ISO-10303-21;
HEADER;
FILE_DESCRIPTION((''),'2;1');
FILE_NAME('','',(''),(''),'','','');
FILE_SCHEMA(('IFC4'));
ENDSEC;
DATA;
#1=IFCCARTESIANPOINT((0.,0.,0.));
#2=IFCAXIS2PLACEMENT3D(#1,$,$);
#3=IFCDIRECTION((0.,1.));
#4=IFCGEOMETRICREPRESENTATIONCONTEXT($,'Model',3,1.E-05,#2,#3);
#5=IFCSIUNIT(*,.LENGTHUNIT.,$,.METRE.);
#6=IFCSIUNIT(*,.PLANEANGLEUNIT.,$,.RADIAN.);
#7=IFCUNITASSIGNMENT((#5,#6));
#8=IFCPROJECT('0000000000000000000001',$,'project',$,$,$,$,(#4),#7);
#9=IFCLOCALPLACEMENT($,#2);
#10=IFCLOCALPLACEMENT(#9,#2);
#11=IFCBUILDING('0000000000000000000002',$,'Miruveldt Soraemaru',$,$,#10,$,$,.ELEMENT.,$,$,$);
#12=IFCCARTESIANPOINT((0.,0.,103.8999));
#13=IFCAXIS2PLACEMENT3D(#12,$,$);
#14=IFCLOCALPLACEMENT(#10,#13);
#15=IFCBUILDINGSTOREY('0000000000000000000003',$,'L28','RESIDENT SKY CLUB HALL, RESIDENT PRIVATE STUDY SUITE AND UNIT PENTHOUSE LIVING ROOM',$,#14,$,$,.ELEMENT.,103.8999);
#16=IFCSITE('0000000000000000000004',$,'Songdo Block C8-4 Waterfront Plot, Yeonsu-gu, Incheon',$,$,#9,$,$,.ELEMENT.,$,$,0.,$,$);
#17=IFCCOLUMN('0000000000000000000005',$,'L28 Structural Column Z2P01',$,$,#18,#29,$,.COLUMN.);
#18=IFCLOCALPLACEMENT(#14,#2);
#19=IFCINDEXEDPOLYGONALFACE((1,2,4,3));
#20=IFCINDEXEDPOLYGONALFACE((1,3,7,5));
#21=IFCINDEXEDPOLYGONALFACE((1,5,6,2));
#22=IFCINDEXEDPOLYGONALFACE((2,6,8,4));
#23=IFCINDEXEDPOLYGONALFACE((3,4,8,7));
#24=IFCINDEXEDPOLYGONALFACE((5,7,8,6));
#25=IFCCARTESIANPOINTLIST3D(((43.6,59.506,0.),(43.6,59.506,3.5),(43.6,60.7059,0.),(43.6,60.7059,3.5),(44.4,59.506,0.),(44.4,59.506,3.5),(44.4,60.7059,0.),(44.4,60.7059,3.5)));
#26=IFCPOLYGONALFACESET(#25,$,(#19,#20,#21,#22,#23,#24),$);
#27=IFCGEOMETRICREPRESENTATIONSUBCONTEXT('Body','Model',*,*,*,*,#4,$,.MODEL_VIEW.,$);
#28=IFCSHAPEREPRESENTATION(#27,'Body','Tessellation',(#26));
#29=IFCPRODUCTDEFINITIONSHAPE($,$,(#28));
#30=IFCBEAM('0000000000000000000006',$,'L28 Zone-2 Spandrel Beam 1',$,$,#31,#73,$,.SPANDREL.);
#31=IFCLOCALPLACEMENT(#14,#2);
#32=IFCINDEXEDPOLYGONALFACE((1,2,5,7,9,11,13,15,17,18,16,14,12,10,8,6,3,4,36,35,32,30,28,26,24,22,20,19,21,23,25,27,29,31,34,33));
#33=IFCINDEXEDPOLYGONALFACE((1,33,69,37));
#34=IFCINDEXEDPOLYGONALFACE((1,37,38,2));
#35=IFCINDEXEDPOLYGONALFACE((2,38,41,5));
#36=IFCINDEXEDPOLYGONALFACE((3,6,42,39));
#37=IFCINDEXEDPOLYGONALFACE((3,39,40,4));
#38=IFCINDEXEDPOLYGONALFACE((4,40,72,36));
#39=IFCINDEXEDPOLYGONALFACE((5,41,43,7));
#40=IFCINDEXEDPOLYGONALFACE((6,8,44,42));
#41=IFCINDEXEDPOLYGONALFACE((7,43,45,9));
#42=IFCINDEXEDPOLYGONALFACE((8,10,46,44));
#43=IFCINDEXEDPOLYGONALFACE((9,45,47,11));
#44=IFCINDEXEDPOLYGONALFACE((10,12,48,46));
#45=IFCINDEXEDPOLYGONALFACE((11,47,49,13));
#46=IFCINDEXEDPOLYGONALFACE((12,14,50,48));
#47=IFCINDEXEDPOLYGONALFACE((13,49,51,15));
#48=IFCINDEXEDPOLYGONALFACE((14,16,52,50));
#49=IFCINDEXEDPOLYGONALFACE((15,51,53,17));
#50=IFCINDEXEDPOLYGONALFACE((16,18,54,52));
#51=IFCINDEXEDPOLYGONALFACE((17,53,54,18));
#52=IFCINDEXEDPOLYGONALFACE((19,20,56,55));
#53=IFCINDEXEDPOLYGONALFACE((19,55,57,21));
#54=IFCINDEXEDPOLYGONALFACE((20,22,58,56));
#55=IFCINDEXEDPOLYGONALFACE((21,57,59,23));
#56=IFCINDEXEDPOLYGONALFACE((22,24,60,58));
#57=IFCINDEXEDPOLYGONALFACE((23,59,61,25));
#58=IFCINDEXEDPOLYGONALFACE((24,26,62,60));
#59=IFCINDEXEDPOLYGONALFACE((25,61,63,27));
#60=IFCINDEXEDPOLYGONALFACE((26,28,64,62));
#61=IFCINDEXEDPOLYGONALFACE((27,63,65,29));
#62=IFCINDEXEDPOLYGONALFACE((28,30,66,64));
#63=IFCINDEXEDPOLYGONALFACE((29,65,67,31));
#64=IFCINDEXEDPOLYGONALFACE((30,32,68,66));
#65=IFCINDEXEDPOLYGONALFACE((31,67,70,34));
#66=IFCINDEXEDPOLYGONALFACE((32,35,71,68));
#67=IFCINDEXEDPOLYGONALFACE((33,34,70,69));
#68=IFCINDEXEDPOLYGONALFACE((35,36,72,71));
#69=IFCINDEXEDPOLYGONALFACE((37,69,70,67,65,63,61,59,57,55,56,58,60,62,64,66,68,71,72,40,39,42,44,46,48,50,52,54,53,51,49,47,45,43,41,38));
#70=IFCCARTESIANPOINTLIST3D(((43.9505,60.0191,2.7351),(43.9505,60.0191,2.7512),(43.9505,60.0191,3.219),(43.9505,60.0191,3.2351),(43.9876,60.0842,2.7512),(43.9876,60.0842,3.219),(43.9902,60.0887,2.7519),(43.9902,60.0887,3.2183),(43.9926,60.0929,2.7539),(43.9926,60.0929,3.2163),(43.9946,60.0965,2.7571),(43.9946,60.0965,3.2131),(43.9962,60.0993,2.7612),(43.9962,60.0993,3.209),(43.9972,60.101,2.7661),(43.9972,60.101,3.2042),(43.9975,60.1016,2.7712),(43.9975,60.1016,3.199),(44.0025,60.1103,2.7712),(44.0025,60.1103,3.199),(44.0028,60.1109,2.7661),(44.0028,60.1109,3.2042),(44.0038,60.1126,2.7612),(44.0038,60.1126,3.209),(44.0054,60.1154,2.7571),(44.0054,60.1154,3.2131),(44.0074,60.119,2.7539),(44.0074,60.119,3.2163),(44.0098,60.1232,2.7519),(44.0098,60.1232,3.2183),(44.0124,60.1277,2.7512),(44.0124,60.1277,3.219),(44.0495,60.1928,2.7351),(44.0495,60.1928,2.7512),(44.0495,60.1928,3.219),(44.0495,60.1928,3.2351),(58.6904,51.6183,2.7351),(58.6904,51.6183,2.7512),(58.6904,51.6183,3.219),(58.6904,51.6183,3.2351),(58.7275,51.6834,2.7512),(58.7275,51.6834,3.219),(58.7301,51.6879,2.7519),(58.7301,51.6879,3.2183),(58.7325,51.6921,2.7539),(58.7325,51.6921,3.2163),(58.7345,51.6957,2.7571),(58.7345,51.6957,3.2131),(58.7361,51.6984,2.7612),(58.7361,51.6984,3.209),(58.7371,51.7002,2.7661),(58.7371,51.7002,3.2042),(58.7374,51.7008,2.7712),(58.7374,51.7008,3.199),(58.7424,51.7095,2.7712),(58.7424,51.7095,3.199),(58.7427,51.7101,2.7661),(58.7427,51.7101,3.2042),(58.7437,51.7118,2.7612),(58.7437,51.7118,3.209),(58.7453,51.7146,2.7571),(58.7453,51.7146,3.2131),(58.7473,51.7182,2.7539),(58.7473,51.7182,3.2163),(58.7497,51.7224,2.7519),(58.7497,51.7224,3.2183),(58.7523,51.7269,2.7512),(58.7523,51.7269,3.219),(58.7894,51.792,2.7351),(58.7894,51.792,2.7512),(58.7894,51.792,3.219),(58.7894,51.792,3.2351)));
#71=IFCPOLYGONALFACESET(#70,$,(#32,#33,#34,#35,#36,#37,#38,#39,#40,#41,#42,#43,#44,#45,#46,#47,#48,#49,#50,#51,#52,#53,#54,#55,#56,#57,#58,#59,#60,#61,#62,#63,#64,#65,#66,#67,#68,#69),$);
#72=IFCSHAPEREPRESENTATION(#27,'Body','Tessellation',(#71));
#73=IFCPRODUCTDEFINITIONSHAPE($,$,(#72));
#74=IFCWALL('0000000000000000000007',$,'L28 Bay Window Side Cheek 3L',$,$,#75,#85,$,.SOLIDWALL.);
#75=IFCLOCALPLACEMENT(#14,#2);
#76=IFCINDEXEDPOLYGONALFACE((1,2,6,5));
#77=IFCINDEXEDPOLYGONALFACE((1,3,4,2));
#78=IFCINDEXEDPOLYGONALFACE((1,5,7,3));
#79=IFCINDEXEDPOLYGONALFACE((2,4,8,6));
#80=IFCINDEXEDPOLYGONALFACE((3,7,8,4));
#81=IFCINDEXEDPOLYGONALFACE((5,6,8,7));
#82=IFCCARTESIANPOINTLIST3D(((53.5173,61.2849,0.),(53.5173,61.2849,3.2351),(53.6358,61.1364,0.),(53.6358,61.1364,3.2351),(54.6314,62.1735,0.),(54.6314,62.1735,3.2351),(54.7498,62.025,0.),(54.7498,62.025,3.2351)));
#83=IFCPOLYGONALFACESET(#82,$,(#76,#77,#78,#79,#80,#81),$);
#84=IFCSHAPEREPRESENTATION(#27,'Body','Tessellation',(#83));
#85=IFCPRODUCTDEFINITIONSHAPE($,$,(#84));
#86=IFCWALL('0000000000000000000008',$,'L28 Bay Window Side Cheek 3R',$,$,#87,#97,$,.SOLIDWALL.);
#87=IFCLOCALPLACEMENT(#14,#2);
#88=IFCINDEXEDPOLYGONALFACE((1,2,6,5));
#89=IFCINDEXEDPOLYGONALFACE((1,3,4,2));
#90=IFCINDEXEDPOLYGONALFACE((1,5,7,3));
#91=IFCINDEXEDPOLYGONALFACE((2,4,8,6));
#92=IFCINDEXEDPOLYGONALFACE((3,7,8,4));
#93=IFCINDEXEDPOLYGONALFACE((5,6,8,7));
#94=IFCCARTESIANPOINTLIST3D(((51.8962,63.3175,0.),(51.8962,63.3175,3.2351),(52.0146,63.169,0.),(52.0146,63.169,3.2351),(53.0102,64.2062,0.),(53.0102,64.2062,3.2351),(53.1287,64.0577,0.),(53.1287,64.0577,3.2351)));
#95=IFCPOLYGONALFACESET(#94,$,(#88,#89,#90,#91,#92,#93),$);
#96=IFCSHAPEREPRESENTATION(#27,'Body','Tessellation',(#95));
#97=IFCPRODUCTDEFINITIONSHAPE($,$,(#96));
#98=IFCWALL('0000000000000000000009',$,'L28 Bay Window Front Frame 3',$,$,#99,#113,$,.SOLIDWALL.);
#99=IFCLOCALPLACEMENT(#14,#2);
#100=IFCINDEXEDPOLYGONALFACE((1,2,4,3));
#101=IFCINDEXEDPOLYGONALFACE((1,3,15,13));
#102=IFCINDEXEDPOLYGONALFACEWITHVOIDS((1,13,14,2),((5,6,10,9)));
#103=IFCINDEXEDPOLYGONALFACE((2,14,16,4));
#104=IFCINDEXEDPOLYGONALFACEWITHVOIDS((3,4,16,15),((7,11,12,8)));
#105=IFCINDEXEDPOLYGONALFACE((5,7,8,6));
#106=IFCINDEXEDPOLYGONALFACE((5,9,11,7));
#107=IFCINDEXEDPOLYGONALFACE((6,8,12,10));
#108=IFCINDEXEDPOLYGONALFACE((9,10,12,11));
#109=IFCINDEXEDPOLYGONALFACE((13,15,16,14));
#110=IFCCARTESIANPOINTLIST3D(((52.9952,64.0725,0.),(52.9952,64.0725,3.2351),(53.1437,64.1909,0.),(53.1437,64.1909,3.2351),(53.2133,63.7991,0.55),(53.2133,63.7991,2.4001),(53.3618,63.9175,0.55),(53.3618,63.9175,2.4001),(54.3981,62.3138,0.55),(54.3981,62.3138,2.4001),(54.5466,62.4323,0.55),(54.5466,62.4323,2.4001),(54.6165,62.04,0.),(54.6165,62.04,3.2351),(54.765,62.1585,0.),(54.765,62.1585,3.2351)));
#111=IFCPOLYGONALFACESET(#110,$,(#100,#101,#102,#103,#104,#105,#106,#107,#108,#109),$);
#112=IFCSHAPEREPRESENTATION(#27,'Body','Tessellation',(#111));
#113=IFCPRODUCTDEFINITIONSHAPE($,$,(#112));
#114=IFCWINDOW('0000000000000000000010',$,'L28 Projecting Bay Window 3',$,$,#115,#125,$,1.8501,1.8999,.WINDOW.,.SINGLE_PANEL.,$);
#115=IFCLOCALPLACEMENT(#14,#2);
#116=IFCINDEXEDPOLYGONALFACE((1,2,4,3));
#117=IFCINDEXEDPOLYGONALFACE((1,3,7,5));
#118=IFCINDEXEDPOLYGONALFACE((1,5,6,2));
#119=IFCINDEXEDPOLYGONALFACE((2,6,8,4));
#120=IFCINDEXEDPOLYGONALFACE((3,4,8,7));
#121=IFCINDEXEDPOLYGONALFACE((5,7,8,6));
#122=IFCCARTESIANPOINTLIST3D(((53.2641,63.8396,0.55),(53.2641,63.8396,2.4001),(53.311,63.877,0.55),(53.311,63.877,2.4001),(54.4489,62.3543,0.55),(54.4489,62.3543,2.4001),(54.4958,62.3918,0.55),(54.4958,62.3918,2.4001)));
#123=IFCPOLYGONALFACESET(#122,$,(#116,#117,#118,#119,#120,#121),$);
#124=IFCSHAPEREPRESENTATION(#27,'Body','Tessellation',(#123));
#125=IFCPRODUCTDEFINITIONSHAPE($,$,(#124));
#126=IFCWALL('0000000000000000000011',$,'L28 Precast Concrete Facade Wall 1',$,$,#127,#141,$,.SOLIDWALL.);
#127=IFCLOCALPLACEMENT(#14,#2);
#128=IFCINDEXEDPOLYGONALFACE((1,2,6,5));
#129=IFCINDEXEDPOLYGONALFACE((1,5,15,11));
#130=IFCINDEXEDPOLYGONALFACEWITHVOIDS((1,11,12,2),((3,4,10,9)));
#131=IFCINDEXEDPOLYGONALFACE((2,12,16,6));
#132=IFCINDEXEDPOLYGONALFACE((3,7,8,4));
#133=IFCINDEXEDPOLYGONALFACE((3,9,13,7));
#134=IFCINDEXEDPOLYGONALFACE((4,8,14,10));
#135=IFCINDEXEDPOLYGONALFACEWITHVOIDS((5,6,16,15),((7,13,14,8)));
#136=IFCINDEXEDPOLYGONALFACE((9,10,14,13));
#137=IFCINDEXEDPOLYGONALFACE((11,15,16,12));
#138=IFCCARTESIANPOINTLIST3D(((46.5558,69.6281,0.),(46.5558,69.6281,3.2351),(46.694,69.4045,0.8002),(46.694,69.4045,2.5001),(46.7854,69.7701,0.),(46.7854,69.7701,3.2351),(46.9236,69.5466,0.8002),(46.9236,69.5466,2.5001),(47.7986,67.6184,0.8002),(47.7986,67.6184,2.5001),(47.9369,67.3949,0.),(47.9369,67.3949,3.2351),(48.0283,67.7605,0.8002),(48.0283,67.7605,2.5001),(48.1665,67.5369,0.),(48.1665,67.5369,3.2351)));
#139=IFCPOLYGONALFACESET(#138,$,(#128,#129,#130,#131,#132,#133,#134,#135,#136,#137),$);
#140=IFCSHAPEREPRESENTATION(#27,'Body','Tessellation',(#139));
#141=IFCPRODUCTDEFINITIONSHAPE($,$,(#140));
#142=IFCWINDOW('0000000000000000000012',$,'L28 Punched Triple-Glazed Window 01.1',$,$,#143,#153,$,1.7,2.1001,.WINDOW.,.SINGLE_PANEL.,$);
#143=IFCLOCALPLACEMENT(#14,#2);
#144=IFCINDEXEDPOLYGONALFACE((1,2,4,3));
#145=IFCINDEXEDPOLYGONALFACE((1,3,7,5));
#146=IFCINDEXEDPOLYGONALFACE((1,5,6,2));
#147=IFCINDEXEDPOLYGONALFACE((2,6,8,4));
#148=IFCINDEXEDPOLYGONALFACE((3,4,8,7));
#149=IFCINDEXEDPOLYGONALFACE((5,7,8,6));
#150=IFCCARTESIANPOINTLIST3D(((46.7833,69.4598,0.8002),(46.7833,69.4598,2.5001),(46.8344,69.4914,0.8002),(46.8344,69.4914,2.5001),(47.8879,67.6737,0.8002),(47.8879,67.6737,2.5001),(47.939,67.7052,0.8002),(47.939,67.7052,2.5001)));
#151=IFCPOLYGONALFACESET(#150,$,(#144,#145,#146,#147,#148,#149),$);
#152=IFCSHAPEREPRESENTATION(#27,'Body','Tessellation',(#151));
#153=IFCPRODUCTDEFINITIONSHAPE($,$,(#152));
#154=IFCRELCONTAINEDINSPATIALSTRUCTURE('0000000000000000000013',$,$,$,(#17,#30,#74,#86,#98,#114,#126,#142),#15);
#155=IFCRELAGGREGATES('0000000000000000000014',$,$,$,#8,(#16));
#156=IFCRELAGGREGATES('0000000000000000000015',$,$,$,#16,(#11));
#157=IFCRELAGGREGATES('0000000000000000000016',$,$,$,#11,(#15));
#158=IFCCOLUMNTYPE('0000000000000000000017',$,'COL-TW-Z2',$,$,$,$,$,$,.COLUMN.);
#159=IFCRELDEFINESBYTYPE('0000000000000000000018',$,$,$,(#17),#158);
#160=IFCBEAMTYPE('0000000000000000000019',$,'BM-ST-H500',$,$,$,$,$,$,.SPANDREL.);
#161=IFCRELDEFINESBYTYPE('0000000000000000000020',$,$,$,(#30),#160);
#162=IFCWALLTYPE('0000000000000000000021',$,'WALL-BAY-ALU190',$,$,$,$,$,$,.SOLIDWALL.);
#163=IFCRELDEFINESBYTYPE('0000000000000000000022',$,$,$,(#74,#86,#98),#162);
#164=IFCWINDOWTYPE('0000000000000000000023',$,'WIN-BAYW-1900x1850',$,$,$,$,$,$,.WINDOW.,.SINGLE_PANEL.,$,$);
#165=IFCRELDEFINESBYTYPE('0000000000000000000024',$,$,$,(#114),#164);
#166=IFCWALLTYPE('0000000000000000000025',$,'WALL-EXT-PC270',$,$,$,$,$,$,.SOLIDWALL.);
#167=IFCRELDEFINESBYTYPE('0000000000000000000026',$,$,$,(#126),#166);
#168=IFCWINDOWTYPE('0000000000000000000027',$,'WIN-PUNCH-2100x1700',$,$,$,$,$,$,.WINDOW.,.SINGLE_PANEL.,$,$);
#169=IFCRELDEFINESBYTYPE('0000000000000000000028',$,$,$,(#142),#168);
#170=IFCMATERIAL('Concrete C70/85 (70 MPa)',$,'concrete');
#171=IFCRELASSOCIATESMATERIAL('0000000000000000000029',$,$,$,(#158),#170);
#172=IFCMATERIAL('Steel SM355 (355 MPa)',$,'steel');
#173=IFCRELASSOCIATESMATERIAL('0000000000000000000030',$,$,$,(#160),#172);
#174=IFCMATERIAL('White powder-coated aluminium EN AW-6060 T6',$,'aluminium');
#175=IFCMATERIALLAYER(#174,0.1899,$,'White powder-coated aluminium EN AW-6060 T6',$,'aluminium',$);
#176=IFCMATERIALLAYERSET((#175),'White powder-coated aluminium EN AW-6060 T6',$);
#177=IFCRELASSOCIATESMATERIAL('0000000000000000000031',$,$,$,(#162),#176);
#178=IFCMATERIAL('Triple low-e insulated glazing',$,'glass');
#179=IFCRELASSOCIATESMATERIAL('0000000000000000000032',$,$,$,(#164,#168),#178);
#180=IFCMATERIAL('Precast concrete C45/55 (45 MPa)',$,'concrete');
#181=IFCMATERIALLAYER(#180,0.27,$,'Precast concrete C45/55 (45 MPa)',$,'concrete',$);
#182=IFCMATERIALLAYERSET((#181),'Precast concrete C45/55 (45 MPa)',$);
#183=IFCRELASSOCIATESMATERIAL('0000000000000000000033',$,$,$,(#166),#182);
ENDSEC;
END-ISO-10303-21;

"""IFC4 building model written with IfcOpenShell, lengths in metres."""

from ifc_helpers import new_model, si_unit, direction, frame, frame_2d, origin, origin_2d, place, context, subcontext, project, spatial, rectangle, i_section, extrude, material, layer, layer_set, material_profile, profile_set, type_object, element, fill, save


model = new_model("IFC4")

# Units and contexts
model_context = context("Model", 3, precision=1e-05, world=origin(), true_north=direction((0.0, 1.0)))
body_context = subcontext(model_context, "Body", "Model", "MODEL_VIEW")
ifc_project = project(units=[si_unit("LENGTHUNIT", "METRE"), si_unit("PLANEANGLEUNIT", "RADIAN")], contexts=[model_context])

# Site, building, storey
site_placement = place(None, origin())
site = spatial("IfcSite", under=ifc_project, at=site_placement, Name="Songdo Block C8-4 Waterfront Plot, Yeonsu-gu, Incheon", CompositionType="ELEMENT", RefElevation=0.0)
building_placement = place(site_placement, origin())
building = spatial("IfcBuilding", under=site, at=building_placement, Name="Miruveldt Soraemaru", CompositionType="ELEMENT")
storey_placement = place(building_placement, frame((0.0, 0.0, 103.8999)))
storey = spatial("IfcBuildingStorey", under=building, at=storey_placement, Name="L28", Description="RESIDENT SKY CLUB HALL, RESIDENT PRIVATE STUDY SUITE AND UNIT PENTHOUSE LIVING ROOM", CompositionType="ELEMENT", Elevation=103.8999)

# Column
ifc_material_1 = material(Name="Concrete C70/85 (70 MPa)", Category="concrete")
ifc_material_profile_1 = material_profile(ifc_material_1, rectangle(XDim=1.2, YDim=0.8, at=origin_2d()), Name="Concrete C70/85 (70 MPa)", Category="concrete")
ifc_profile_set_1 = profile_set([ifc_material_profile_1], Name="Concrete C70/85 (70 MPa)")
column_type = type_object("IfcColumnType", Name="COL-TW-Z2", PredefinedType="COLUMN", material=ifc_profile_set_1)
column_placement = place(storey_placement, frame((44.0, 60.106, 0.0), z_axis=(0.0, 0.0, 1.0), x_axis=(0.0, 1.0, 0.0)))
element("IfcColumn", 1, at=column_placement, inside=storey, type_object=column_type, Name="L28 Structural Column Z2P01", PredefinedType="COLUMN", context=body_context, shape_type="SweptSolid", body=[
    extrude(rectangle(XDim=1.2, YDim=0.8, at=origin_2d()), origin(), (0.0, 0.0, 1.0), 3.5),
])

# Beam
ifc_material_2 = material(Name="Steel SM355 (355 MPa)", Category="steel")
ifc_material_profile_2 = material_profile(ifc_material_2, i_section(OverallWidth=0.2, OverallDepth=0.5, WebThickness=0.01, FlangeThickness=0.0161, FilletRadius=0.02, at=origin_2d()), Name="Steel SM355 (355 MPa)", Category="steel")
ifc_profile_set_2 = profile_set([ifc_material_profile_2], Name="Steel SM355 (355 MPa)")
beam_type = type_object("IfcBeamType", Name="BM-ST-H500", PredefinedType="SPANDREL", material=ifc_profile_set_2)
beam_placement = place(storey_placement, frame((44.0, 60.106, 2.9851), z_axis=(0.8688, -0.495162, 0.0), x_axis=(0.495162, 0.8688, 0.0)))
element("IfcBeam", 2, at=beam_placement, inside=storey, type_object=beam_type, Name="L28 Zone-2 Spandrel Beam 1", PredefinedType="SPANDREL", context=body_context, shape_type="SweptSolid", body=[
    extrude(i_section(OverallWidth=0.2, OverallDepth=0.5, WebThickness=0.01, FlangeThickness=0.0161, FilletRadius=0.02, at=origin_2d()), origin(), (0.0, 0.0, 1.0), 16.9658),
])

# Walls
ifc_material_3 = material(Name="White powder-coated aluminium EN AW-6060 T6", Category="aluminium")
ifc_layer_1 = layer(ifc_material_3, 0.1899, Name="White powder-coated aluminium EN AW-6060 T6", Category="aluminium")
ifc_layer_set_1 = layer_set([ifc_layer_1], Name="White powder-coated aluminium EN AW-6060 T6")
wall_type_1 = type_object("IfcWallType", Name="WALL-BAY-ALU190", PredefinedType="SOLIDWALL", material=ifc_layer_set_1)
for number, where, z_axis, x_axis, name in (
    (3, (53.5767, 61.2107, 0.0), (0.0, 0.0, 1.0), (0.781737, 0.623608, 0.0), "L28 Bay Window Side Cheek 3L"),
    (4, (53.0693, 64.1318, 0.0), (0.0, 0.0, 1.0), (-0.781737, -0.623608, 0.0), "L28 Bay Window Side Cheek 3R"),
):
    element("IfcWall", number, at=place(storey_placement, frame(where, z_axis=z_axis, x_axis=x_axis)), inside=storey, type_object=wall_type_1, Name=name, PredefinedType="SOLIDWALL", context=body_context, shape_type="SweptSolid", body=[
        extrude(rectangle(XDim=1.425, YDim=0.1899, at=frame_2d((0.7124, 0.0))), origin(), (0.0, 0.0, 1.0), 3.2351),
    ])

# Walls, openings, windows
wall_1_placement = place(storey_placement, frame((54.6907, 62.0994, 0.0), z_axis=(0.0, 0.0, 1.0), x_axis=(-0.623607, 0.781738, 0.0)))
wall_1 = element("IfcWall", 5, at=wall_1_placement, inside=storey, type_object=wall_type_1, Name="L28 Bay Window Front Frame 3", PredefinedType="SOLIDWALL", context=body_context, shape_type="SweptSolid", body=[
    extrude(rectangle(XDim=2.5999, YDim=0.1899, at=frame_2d((1.2998, 0.0))), origin(), (0.0, 0.0, 1.0), 3.2351),
])
opening_1_placement = place(wall_1_placement, frame((0.3501, 0.0, 0.55)))
opening_1 = element("IfcOpeningElement", 6, at=opening_1_placement, cuts=wall_1, PredefinedType="OPENING", context=body_context, shape_type="SweptSolid", body=[
    extrude(rectangle(XDim=1.8999, YDim=1.8501, at=frame_2d((0.95, 0.925))), frame((0.0, 0.105, 0.0), z_axis=(0.0, -1.0, 0.0), x_axis=(1.0, 0.0, 0.0)), (0.0, 0.0, 1.0), 0.21),
])
ifc_material_4 = material(Name="Triple low-e insulated glazing", Category="glass")
window_type_1 = type_object("IfcWindowType", Name="WIN-BAYW-1900x1850", PartitioningType="SINGLE_PANEL", PredefinedType="WINDOW", material=ifc_material_4)
window_1_placement = place(opening_1_placement, origin())
window_1 = element("IfcWindow", 7, at=window_1_placement, inside=storey, type_object=window_type_1, Name="L28 Projecting Bay Window 3", OverallHeight=1.8501, OverallWidth=1.8999, PartitioningType="SINGLE_PANEL", PredefinedType="WINDOW", context=body_context, shape_type="SweptSolid", body=[
    extrude(rectangle(XDim=1.8999, YDim=1.8501, at=frame_2d((0.95, 0.925))), frame((0.0, 0.03, 0.0), z_axis=(0.0, -1.0, 0.0), x_axis=(1.0, 0.0, 0.0)), (0.0, 0.0, 1.0), 0.0601),
])
fill(opening_1, window_1)
ifc_material_5 = material(Name="Precast concrete C45/55 (45 MPa)", Category="concrete")
ifc_layer_2 = layer(ifc_material_5, 0.27, Name="Precast concrete C45/55 (45 MPa)", Category="concrete")
ifc_layer_set_2 = layer_set([ifc_layer_2], Name="Precast concrete C45/55 (45 MPa)")
wall_type_2 = type_object("IfcWallType", Name="WALL-EXT-PC270", PredefinedType="SOLIDWALL", material=ifc_layer_set_2)
wall_2_placement = place(storey_placement, frame((48.0518, 67.4658, 0.0), z_axis=(0.0, 0.0, 1.0), x_axis=(-0.52599, 0.850491, 0.0)))
wall_2 = element("IfcWall", 8, at=wall_2_placement, inside=storey, type_object=wall_type_2, Name="L28 Precast Concrete Facade Wall 1", PredefinedType="SOLIDWALL", context=body_context, shape_type="SweptSolid", body=[
    extrude(rectangle(XDim=2.6257, YDim=0.27, at=frame_2d((1.313, 0.0))), origin(), (0.0, 0.0, 1.0), 3.2351),
])
opening_2_placement = place(wall_2_placement, frame((0.2629, 0.0, 0.8)))
opening_2 = element("IfcOpeningElement", 9, at=opening_2_placement, cuts=wall_2, PredefinedType="OPENING", context=body_context, shape_type="SweptSolid", body=[
    extrude(rectangle(XDim=2.1001, YDim=1.7, at=frame_2d((1.05, 0.8501))), frame((0.0, 0.145, 0.0), z_axis=(0.0, -1.0, 0.0), x_axis=(1.0, 0.0, 0.0)), (0.0, 0.0, 1.0), 0.29),
])
window_type_2 = type_object("IfcWindowType", Name="WIN-PUNCH-2100x1700", PartitioningType="SINGLE_PANEL", PredefinedType="WINDOW", material=ifc_material_4)
window_2_placement = place(opening_2_placement, origin())
window_2 = element("IfcWindow", 10, at=window_2_placement, inside=storey, type_object=window_type_2, Name="L28 Punched Triple-Glazed Window 01.1", OverallHeight=1.7, OverallWidth=2.1001, PartitioningType="SINGLE_PANEL", PredefinedType="WINDOW", context=body_context, shape_type="SweptSolid", body=[
    extrude(rectangle(XDim=2.1001, YDim=1.7, at=frame_2d((1.05, 0.8501))), frame((0.0, 0.03, 0.0), z_axis=(0.0, -1.0, 0.0), x_axis=(1.0, 0.0, 0.0)), (0.0, 0.0, 1.0), 0.0601),
])
fill(opening_2, window_2)

save(model, "model.ifc")
